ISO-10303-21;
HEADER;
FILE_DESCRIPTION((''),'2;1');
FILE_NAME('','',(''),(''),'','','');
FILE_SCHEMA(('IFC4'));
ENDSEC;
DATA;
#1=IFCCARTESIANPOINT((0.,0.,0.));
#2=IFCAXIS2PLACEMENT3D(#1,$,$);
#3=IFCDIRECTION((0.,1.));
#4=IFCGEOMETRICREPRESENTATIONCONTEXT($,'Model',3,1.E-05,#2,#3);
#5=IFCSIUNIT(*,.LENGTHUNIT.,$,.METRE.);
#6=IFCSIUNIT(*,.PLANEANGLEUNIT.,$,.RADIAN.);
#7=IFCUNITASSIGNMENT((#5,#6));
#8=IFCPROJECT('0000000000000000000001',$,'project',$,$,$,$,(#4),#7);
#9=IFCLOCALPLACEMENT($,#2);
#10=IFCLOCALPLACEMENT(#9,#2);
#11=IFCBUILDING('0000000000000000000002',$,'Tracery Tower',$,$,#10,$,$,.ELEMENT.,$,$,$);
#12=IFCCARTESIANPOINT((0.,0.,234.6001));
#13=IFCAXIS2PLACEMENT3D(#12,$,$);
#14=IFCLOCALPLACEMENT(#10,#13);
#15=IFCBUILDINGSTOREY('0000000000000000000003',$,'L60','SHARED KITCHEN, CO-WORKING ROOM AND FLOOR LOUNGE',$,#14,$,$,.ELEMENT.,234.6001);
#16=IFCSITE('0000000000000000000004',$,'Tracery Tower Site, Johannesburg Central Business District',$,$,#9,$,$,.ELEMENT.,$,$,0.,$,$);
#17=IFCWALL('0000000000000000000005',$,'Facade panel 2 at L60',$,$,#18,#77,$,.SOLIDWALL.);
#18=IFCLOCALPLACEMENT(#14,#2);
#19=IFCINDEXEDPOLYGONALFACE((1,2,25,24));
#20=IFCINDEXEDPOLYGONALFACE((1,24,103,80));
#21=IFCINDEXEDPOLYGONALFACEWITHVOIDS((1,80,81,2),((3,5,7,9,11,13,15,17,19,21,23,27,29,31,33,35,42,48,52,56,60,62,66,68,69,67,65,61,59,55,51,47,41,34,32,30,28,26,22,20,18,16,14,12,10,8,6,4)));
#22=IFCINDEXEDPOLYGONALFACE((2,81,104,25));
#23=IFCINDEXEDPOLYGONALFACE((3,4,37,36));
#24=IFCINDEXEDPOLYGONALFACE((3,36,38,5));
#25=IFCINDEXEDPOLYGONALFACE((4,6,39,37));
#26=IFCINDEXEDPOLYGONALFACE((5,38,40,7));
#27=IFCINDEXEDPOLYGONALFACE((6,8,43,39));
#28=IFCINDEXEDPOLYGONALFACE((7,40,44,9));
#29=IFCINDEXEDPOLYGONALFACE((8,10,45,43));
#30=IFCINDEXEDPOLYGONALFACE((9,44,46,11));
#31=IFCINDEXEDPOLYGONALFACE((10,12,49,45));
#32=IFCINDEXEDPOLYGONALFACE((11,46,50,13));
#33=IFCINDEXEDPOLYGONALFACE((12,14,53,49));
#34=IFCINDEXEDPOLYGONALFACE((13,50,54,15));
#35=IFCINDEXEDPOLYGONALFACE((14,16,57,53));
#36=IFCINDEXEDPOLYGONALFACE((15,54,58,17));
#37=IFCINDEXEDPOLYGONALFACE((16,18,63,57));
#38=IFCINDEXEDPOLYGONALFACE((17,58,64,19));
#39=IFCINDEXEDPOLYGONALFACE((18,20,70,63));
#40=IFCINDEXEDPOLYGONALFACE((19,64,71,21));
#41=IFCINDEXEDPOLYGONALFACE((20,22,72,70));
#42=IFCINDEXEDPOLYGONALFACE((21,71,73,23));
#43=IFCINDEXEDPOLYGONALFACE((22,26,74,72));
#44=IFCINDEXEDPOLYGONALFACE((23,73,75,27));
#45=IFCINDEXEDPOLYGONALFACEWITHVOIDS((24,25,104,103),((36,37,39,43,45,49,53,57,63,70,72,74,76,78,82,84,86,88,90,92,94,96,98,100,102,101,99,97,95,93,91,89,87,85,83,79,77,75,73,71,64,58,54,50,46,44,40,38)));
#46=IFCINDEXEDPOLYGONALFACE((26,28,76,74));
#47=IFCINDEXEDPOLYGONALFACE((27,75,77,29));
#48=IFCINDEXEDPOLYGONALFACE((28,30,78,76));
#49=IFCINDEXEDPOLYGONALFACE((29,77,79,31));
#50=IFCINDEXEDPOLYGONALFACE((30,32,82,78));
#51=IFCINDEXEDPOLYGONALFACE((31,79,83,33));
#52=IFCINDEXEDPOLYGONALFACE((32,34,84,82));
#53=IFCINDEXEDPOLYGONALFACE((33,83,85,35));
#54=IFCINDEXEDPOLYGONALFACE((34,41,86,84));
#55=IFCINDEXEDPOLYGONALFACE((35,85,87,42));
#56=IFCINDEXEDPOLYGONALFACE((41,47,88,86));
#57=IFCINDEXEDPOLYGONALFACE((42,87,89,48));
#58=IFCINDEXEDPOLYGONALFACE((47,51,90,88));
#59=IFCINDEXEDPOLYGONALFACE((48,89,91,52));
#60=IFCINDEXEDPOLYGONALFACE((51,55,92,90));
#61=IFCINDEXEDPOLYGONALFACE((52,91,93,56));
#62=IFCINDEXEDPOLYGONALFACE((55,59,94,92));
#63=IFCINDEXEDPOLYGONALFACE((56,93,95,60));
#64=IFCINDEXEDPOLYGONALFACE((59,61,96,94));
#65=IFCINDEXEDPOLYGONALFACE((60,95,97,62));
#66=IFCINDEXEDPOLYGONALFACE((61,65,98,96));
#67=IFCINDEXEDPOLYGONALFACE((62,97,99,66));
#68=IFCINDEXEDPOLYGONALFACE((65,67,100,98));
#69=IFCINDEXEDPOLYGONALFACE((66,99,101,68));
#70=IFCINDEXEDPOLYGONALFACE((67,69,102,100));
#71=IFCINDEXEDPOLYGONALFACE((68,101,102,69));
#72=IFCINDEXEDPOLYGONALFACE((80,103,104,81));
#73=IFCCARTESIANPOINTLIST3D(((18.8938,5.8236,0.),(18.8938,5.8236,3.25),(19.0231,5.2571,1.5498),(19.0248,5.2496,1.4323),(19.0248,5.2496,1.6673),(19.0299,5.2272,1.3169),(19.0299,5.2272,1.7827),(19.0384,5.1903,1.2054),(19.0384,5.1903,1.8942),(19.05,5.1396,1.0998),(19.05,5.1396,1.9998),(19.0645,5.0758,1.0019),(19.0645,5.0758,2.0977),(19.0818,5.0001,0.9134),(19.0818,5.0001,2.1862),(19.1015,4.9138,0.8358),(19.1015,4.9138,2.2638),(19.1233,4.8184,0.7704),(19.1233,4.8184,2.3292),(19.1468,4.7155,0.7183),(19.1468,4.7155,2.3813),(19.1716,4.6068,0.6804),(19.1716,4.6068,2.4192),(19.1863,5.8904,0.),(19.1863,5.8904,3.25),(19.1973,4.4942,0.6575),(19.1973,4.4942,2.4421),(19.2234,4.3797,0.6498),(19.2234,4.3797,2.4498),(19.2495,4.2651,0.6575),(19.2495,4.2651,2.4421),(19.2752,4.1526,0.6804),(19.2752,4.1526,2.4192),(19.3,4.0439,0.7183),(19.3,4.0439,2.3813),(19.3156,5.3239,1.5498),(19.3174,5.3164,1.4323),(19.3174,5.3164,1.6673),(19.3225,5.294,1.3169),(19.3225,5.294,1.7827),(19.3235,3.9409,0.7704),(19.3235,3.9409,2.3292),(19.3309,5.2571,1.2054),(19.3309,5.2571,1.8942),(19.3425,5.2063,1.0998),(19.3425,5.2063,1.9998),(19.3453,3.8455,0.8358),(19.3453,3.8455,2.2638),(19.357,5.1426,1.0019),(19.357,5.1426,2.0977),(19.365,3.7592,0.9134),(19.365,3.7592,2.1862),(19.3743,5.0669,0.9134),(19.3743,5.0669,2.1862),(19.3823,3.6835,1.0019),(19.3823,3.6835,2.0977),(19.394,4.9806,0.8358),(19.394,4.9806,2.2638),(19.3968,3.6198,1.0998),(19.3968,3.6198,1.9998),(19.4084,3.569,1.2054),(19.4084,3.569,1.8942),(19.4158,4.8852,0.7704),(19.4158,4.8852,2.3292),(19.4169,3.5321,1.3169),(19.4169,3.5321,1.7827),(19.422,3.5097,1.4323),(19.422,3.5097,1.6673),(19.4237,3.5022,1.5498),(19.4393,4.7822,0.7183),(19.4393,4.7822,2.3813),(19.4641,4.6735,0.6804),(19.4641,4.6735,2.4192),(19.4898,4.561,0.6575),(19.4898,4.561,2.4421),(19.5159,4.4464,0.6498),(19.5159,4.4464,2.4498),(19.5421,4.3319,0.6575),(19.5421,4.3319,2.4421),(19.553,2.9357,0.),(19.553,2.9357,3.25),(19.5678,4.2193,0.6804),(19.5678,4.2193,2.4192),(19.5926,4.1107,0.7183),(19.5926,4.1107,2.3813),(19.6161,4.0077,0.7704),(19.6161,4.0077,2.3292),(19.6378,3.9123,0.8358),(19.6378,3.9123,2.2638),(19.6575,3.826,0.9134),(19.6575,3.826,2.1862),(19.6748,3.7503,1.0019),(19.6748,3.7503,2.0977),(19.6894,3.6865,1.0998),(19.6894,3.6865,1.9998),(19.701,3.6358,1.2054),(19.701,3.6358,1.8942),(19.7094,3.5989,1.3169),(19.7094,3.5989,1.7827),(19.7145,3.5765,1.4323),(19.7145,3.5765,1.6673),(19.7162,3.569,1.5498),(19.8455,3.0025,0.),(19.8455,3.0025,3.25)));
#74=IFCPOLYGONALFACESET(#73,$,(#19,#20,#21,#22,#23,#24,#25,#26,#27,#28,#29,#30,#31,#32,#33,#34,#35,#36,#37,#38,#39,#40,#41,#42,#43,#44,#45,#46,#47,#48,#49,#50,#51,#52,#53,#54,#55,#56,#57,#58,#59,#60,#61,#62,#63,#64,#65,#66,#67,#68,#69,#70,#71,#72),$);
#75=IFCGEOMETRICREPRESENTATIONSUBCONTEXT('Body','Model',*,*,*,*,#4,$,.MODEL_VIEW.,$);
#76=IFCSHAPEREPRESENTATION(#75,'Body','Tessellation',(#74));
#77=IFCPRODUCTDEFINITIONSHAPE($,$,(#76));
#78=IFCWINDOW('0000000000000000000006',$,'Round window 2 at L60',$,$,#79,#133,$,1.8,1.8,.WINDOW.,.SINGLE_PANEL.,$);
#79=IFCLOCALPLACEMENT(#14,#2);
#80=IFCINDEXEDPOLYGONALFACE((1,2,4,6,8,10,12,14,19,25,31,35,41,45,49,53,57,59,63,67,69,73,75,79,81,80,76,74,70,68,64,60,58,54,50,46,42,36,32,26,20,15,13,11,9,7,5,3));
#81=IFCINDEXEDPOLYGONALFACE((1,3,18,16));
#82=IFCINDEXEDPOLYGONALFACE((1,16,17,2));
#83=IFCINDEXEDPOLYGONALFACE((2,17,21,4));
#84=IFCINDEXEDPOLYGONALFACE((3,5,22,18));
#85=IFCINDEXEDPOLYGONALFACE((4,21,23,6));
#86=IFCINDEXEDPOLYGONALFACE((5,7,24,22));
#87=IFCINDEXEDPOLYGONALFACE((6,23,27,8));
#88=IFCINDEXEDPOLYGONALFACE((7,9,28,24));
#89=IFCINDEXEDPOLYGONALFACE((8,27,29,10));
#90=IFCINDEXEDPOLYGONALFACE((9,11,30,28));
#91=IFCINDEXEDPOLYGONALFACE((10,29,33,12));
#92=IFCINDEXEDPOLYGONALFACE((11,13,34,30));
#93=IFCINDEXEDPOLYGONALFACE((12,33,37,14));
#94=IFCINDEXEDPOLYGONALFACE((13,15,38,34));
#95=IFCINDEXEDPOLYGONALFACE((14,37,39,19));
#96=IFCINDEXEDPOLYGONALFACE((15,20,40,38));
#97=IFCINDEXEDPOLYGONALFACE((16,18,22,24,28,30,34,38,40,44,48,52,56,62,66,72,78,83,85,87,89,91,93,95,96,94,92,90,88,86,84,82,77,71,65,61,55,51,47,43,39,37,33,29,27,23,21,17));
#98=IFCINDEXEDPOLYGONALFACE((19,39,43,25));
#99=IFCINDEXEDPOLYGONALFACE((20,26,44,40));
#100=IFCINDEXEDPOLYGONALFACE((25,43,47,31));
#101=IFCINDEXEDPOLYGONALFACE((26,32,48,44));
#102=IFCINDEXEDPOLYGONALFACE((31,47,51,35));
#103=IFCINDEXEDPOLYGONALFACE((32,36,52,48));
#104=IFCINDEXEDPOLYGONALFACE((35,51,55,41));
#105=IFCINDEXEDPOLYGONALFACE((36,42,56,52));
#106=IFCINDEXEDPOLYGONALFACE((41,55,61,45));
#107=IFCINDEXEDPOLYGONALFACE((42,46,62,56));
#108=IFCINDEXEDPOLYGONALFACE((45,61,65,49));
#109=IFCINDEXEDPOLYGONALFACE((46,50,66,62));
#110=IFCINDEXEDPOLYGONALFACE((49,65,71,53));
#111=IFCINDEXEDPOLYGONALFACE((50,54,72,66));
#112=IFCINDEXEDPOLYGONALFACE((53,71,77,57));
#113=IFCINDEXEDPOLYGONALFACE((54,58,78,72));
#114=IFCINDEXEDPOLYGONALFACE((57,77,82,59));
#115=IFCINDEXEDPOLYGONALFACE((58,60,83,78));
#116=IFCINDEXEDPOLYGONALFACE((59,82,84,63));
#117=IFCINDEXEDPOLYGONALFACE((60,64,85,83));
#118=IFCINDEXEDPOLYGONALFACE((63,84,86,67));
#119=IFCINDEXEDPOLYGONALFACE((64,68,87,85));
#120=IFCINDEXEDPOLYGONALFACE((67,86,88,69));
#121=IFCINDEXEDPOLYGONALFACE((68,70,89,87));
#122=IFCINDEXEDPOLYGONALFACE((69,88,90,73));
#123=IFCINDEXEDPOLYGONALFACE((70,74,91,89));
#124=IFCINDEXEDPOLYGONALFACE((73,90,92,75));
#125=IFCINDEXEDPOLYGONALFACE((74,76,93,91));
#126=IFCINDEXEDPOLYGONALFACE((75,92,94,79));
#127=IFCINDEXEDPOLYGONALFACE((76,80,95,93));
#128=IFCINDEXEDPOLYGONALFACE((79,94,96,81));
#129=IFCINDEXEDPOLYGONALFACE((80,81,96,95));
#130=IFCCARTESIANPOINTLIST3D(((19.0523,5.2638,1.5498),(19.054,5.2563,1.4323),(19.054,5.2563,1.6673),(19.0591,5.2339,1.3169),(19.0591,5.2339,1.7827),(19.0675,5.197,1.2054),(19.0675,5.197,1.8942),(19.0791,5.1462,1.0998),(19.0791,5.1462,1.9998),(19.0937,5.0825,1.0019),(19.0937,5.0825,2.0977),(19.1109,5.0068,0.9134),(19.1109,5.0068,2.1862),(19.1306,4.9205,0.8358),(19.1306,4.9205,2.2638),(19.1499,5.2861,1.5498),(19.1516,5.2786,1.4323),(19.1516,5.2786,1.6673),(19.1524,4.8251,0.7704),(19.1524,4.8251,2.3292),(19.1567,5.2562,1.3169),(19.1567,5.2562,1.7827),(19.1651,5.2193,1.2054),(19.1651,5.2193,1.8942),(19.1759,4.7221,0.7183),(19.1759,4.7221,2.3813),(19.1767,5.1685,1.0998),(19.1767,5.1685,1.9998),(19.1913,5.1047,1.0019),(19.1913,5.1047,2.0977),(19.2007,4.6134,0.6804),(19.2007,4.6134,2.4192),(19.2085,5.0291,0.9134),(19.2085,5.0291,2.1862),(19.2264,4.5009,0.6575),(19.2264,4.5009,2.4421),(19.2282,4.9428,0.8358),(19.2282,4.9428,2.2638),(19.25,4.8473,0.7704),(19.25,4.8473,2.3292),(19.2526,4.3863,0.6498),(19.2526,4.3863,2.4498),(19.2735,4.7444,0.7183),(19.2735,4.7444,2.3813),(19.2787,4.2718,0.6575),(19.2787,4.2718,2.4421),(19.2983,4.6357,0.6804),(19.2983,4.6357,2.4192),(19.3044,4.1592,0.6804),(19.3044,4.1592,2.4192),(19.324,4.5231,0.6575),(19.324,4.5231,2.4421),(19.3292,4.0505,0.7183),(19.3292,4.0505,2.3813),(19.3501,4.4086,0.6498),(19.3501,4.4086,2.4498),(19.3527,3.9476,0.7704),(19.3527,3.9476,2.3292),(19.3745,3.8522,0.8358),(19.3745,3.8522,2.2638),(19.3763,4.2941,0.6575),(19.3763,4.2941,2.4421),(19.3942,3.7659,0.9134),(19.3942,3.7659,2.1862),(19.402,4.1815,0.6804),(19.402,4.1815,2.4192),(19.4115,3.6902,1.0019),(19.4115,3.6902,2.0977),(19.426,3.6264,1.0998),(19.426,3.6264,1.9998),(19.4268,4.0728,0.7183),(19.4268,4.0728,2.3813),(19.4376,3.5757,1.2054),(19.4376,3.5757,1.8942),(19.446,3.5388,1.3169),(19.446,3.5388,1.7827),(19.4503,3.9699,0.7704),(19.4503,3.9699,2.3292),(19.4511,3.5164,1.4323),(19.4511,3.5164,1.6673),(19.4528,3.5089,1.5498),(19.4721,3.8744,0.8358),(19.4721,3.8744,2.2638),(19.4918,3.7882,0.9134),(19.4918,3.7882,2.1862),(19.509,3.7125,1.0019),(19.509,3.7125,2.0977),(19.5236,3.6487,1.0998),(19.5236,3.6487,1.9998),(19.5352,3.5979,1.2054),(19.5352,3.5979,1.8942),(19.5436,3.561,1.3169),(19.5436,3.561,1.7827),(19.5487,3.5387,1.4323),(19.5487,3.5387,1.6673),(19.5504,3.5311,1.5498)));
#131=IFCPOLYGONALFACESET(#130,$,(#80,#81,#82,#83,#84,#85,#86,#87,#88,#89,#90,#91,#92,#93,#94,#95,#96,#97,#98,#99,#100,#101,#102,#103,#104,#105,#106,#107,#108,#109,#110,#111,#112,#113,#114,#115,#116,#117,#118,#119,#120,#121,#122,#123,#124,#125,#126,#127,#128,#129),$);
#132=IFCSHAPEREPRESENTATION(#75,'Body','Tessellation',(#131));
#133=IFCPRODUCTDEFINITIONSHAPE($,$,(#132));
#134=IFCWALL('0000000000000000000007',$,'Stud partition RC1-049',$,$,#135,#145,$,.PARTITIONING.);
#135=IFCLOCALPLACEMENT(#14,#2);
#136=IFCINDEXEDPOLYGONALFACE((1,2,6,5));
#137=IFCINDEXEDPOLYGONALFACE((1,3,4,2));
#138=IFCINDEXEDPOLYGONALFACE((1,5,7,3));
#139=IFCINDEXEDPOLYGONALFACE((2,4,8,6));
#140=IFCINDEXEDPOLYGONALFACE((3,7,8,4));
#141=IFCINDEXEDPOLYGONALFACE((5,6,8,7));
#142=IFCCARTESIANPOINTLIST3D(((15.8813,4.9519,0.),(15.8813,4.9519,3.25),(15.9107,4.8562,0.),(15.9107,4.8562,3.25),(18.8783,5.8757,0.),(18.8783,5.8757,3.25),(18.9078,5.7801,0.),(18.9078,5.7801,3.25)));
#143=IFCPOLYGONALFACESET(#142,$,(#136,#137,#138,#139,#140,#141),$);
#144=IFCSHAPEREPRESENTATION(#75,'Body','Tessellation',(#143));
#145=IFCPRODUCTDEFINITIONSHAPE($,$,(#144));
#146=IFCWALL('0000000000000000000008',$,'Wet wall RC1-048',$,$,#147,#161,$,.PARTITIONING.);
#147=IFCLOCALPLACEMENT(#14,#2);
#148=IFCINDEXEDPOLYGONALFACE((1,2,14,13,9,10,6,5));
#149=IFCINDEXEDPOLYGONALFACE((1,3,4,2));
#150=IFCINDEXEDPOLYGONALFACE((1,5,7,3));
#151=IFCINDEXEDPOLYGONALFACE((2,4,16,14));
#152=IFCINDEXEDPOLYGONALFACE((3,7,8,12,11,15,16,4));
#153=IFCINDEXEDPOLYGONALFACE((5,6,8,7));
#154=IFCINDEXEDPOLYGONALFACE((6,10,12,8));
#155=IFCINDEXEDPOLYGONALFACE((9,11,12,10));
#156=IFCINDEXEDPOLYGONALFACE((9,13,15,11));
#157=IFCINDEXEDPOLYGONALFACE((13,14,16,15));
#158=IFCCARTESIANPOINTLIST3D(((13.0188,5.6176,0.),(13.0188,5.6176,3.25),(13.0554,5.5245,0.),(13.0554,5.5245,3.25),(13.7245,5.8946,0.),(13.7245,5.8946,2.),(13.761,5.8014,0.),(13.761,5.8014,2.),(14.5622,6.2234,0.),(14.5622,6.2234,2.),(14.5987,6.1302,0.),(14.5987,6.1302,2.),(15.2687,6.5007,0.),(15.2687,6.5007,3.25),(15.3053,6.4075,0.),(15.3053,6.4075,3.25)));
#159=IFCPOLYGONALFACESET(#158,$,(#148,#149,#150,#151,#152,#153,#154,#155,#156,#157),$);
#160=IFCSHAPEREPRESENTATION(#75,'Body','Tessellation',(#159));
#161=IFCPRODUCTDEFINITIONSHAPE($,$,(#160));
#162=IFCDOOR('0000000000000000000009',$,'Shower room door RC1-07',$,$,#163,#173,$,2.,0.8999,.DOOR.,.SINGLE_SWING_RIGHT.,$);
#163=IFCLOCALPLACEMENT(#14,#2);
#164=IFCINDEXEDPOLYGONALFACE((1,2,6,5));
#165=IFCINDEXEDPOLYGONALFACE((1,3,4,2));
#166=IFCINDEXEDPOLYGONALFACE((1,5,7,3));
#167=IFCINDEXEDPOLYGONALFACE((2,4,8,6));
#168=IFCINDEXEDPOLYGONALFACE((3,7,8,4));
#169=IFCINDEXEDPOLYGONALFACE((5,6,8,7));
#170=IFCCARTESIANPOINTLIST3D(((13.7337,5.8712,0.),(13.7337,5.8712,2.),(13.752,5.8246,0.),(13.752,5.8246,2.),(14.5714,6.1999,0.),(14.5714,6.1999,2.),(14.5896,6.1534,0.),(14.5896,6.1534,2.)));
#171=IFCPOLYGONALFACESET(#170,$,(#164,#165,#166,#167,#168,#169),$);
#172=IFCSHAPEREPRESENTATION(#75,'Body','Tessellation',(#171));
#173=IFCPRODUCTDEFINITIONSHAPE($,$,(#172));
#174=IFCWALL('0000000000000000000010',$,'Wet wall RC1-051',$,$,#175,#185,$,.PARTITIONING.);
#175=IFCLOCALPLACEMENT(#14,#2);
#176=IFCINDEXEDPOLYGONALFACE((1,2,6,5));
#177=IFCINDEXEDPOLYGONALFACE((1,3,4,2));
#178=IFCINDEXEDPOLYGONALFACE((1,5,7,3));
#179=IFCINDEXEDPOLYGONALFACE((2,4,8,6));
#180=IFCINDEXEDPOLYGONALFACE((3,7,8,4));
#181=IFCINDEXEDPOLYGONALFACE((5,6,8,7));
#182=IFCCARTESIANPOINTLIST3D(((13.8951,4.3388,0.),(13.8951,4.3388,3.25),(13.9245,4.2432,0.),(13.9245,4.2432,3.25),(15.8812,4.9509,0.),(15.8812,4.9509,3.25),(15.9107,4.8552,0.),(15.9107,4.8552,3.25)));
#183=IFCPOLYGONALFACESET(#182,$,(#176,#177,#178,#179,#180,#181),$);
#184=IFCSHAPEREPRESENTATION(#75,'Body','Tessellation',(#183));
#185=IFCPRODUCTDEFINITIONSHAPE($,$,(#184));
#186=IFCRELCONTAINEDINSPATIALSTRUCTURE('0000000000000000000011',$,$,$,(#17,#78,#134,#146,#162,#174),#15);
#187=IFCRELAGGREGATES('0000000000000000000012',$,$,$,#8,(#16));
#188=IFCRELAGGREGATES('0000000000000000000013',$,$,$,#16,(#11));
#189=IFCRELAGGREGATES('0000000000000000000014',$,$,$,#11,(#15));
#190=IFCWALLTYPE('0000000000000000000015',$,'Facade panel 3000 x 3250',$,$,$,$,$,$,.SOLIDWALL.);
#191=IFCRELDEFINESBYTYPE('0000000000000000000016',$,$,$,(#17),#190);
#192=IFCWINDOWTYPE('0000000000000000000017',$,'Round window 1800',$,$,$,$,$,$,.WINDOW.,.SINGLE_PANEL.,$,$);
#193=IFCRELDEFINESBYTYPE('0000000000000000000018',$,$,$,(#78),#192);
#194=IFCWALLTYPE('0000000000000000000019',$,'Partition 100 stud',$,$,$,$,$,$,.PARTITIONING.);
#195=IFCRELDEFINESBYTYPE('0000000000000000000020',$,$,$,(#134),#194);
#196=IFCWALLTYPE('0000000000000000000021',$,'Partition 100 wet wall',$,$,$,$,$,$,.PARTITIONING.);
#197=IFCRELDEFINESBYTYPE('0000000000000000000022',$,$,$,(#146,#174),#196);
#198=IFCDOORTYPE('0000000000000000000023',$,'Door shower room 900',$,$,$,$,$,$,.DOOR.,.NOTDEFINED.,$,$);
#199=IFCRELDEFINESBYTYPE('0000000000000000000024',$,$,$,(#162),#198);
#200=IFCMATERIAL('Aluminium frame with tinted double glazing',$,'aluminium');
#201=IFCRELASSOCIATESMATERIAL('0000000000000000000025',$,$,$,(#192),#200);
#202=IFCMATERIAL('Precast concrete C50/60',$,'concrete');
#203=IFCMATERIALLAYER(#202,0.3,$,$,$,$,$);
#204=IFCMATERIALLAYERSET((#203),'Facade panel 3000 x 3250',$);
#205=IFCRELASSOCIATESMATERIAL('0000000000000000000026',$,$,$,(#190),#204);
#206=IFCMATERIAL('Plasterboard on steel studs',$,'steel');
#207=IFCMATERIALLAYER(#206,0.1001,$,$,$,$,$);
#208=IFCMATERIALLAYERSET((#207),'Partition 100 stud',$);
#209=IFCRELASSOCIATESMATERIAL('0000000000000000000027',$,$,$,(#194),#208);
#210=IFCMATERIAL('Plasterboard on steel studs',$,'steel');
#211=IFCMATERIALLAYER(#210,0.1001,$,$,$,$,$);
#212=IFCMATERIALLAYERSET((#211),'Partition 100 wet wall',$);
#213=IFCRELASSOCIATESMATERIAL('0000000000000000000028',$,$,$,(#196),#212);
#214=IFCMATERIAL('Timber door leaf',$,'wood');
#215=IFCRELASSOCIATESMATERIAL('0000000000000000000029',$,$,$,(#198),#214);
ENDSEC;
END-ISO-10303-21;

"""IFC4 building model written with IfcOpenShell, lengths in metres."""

from ifc_helpers import new_model, si_unit, direction, frame, frame_2d, origin, origin_2d, place, context, subcontext, project, spatial, rectangle, circle, extrude, material, layer, layer_set, type_object, element, fill, save


model = new_model("IFC4")

# Units and contexts
model_context = context("Model", 3, precision=1e-05, world=origin(), true_north=direction((0.0, 1.0)))
body_context = subcontext(model_context, "Body", "Model", "MODEL_VIEW")
ifc_project = project(units=[si_unit("LENGTHUNIT", "METRE"), si_unit("PLANEANGLEUNIT", "RADIAN")], contexts=[model_context])

# Site, building, storey
site_placement = place(None, origin())
site = spatial("IfcSite", under=ifc_project, at=site_placement, Name="Tracery Tower Site, Johannesburg Central Business District", CompositionType="ELEMENT", RefElevation=0.0)
building_placement = place(site_placement, origin())
building = spatial("IfcBuilding", under=site, at=building_placement, Name="Tracery Tower", CompositionType="ELEMENT")
storey_placement = place(building_placement, frame((0.0, 0.0, 234.6001)))
storey = spatial("IfcBuildingStorey", under=building, at=storey_placement, Name="L60", Description="SHARED KITCHEN, CO-WORKING ROOM AND FLOOR LOUNGE", CompositionType="ELEMENT", Elevation=234.6001)

# Wall, opening, window
ifc_material_1 = material(Name="Aluminium frame with tinted double glazing", Category="aluminium")
window_type = type_object("IfcWindowType", Name="Round window 1800", PartitioningType="SINGLE_PANEL", PredefinedType="WINDOW", material=ifc_material_1)
ifc_material_2 = material(Name="Precast concrete C50/60", Category="concrete")
ifc_layer_1 = layer(ifc_material_2, 0.3)
ifc_layer_set_1 = layer_set([ifc_layer_1], Name="Facade panel 3000 x 3250")
wall_type_1 = type_object("IfcWallType", Name="Facade panel 3000 x 3250", PredefinedType="SOLIDWALL", material=ifc_layer_set_1)
wall_1_placement = place(storey_placement, frame((19.6992, 2.9692, 0.0), z_axis=(0.0, 0.0, 1.0), x_axis=(-0.222529, 0.974926, 0.0)))
wall_1 = element("IfcWall", 1, at=wall_1_placement, inside=storey, type_object=wall_type_1, Name="Facade panel 2 at L60", PredefinedType="SOLIDWALL", context=body_context, shape_type="SweptSolid", body=[
    extrude(rectangle(XDim=2.9622, YDim=0.3, at=frame_2d((1.481, 0.0))), origin(), (0.0, 0.0, 1.0), 3.25),
])
opening_1_placement = place(wall_1_placement, frame((1.481, 0.0, 1.5498)))
opening_1 = element("IfcOpeningElement", 2, at=opening_1_placement, cuts=wall_1, PredefinedType="OPENING", context=body_context, shape_type="SweptSolid", body=[
    extrude(circle(Radius=0.9, at=origin_2d()), frame((0.0, 0.1599, 0.0), z_axis=(0.0, -1.0, 0.0), x_axis=(1.0, 0.0, 0.0)), (0.0, 0.0, 1.0), 0.3201),
])
window_1_placement = place(opening_1_placement, origin())
window_1 = element("IfcWindow", 3, at=window_1_placement, inside=storey, type_object=window_type, Name="Round window 2 at L60", OverallHeight=1.8, OverallWidth=1.8, PartitioningType="SINGLE_PANEL", PredefinedType="WINDOW", context=body_context, shape_type="SweptSolid", body=[
    extrude(circle(Radius=0.9, at=origin_2d()), frame((0.0, 0.1201, 0.0), z_axis=(0.0, -1.0, 0.0), x_axis=(1.0, 0.0, 0.0)), (0.0, 0.0, 1.0), 0.1001),
])
fill(opening_1, window_1)

# Wall
ifc_material_3 = material(Name="Plasterboard on steel studs", Category="steel")
ifc_layer_2 = layer(ifc_material_3, 0.1001)
ifc_layer_set_2 = layer_set([ifc_layer_2], Name="Partition 100 stud")
wall_type_2 = type_object("IfcWallType", Name="Partition 100 stud", PredefinedType="PARTITIONING", material=ifc_layer_set_2)
wall_2_placement = place(storey_placement, frame((15.896, 4.9041, 0.0), z_axis=(0.0, 0.0, 1.0), x_axis=(0.955631, 0.294567, 0.0)))
element("IfcWall", 4, at=wall_2_placement, inside=storey, type_object=wall_type_2, Name="Stud partition RC1-049", PredefinedType="PARTITIONING", context=body_context, shape_type="SweptSolid", body=[
    extrude(rectangle(XDim=3.1362, YDim=0.1001, at=frame_2d((1.5681, 0.0))), origin(), (0.0, 0.0, 1.0), 3.25),
])

# Wall, opening, door
ifc_material_4 = material(Name="Plasterboard on steel studs", Category="steel")
ifc_layer_3 = layer(ifc_material_4, 0.1001)
ifc_layer_set_3 = layer_set([ifc_layer_3], Name="Partition 100 wet wall")
wall_type_3 = type_object("IfcWallType", Name="Partition 100 wet wall", PredefinedType="PARTITIONING", material=ifc_layer_set_3)
wall_3_placement = place(storey_placement, frame((13.0371, 5.571, 0.0), z_axis=(0.0, 0.0, 1.0), x_axis=(0.930874, 0.36534, 0.0)))
wall_3 = element("IfcWall", 5, at=wall_3_placement, inside=storey, type_object=wall_type_3, Name="Wet wall RC1-048", PredefinedType="PARTITIONING", context=body_context, shape_type="SweptSolid", body=[
    extrude(rectangle(XDim=2.417, YDim=0.1001, at=frame_2d((1.2085, 0.0))), origin(), (0.0, 0.0, 1.0), 3.25),
])
opening_2_placement = place(wall_3_placement, frame((0.7581, 0.0, 0.0)))
opening_2 = element("IfcOpeningElement", 6, at=opening_2_placement, cuts=wall_3, PredefinedType="OPENING", context=body_context, shape_type="SweptSolid", body=[
    extrude(rectangle(XDim=0.8999, YDim=2.0, at=frame_2d((0.45, 1.0))), frame((0.0, 0.05, 0.0), z_axis=(0.0, -1.0, 0.0), x_axis=(1.0, 0.0, 0.0)), (0.0, 0.0, 1.0), 0.1001),
])
ifc_material_5 = material(Name="Timber door leaf", Category="wood")
door_type_1 = type_object("IfcDoorType", Name="Door shower room 900", OperationType="NOTDEFINED", PredefinedType="DOOR", material=ifc_material_5)
door_1_placement = place(opening_2_placement, origin())
door_1 = element("IfcDoor", 7, at=door_1_placement, inside=storey, type_object=door_type_1, Name="Shower room door RC1-07", OperationType="SINGLE_SWING_RIGHT", OverallHeight=2.0, OverallWidth=0.8999, PredefinedType="DOOR", context=body_context, shape_type="SweptSolid", body=[
    extrude(rectangle(XDim=0.8999, YDim=2.0, at=frame_2d((0.45, 1.0))), frame((0.0, 0.0249, 0.0), z_axis=(0.0, -1.0, 0.0), x_axis=(1.0, 0.0, 0.0)), (0.0, 0.0, 1.0), 0.05),
])
fill(opening_2, door_1)

# Wall
wall_4_placement = place(storey_placement, frame((13.9099, 4.291, 0.0), z_axis=(0.0, 0.0, 1.0), x_axis=(0.955649, 0.294507, 0.0)))
element("IfcWall", 8, at=wall_4_placement, inside=storey, type_object=wall_type_3, Name="Wet wall RC1-051", PredefinedType="PARTITIONING", context=body_context, shape_type="SweptSolid", body=[
    extrude(rectangle(XDim=2.0784, YDim=0.1001, at=frame_2d((1.0391, 0.0))), origin(), (0.0, 0.0, 1.0), 3.25),
])

save(model, "model.ifc")
